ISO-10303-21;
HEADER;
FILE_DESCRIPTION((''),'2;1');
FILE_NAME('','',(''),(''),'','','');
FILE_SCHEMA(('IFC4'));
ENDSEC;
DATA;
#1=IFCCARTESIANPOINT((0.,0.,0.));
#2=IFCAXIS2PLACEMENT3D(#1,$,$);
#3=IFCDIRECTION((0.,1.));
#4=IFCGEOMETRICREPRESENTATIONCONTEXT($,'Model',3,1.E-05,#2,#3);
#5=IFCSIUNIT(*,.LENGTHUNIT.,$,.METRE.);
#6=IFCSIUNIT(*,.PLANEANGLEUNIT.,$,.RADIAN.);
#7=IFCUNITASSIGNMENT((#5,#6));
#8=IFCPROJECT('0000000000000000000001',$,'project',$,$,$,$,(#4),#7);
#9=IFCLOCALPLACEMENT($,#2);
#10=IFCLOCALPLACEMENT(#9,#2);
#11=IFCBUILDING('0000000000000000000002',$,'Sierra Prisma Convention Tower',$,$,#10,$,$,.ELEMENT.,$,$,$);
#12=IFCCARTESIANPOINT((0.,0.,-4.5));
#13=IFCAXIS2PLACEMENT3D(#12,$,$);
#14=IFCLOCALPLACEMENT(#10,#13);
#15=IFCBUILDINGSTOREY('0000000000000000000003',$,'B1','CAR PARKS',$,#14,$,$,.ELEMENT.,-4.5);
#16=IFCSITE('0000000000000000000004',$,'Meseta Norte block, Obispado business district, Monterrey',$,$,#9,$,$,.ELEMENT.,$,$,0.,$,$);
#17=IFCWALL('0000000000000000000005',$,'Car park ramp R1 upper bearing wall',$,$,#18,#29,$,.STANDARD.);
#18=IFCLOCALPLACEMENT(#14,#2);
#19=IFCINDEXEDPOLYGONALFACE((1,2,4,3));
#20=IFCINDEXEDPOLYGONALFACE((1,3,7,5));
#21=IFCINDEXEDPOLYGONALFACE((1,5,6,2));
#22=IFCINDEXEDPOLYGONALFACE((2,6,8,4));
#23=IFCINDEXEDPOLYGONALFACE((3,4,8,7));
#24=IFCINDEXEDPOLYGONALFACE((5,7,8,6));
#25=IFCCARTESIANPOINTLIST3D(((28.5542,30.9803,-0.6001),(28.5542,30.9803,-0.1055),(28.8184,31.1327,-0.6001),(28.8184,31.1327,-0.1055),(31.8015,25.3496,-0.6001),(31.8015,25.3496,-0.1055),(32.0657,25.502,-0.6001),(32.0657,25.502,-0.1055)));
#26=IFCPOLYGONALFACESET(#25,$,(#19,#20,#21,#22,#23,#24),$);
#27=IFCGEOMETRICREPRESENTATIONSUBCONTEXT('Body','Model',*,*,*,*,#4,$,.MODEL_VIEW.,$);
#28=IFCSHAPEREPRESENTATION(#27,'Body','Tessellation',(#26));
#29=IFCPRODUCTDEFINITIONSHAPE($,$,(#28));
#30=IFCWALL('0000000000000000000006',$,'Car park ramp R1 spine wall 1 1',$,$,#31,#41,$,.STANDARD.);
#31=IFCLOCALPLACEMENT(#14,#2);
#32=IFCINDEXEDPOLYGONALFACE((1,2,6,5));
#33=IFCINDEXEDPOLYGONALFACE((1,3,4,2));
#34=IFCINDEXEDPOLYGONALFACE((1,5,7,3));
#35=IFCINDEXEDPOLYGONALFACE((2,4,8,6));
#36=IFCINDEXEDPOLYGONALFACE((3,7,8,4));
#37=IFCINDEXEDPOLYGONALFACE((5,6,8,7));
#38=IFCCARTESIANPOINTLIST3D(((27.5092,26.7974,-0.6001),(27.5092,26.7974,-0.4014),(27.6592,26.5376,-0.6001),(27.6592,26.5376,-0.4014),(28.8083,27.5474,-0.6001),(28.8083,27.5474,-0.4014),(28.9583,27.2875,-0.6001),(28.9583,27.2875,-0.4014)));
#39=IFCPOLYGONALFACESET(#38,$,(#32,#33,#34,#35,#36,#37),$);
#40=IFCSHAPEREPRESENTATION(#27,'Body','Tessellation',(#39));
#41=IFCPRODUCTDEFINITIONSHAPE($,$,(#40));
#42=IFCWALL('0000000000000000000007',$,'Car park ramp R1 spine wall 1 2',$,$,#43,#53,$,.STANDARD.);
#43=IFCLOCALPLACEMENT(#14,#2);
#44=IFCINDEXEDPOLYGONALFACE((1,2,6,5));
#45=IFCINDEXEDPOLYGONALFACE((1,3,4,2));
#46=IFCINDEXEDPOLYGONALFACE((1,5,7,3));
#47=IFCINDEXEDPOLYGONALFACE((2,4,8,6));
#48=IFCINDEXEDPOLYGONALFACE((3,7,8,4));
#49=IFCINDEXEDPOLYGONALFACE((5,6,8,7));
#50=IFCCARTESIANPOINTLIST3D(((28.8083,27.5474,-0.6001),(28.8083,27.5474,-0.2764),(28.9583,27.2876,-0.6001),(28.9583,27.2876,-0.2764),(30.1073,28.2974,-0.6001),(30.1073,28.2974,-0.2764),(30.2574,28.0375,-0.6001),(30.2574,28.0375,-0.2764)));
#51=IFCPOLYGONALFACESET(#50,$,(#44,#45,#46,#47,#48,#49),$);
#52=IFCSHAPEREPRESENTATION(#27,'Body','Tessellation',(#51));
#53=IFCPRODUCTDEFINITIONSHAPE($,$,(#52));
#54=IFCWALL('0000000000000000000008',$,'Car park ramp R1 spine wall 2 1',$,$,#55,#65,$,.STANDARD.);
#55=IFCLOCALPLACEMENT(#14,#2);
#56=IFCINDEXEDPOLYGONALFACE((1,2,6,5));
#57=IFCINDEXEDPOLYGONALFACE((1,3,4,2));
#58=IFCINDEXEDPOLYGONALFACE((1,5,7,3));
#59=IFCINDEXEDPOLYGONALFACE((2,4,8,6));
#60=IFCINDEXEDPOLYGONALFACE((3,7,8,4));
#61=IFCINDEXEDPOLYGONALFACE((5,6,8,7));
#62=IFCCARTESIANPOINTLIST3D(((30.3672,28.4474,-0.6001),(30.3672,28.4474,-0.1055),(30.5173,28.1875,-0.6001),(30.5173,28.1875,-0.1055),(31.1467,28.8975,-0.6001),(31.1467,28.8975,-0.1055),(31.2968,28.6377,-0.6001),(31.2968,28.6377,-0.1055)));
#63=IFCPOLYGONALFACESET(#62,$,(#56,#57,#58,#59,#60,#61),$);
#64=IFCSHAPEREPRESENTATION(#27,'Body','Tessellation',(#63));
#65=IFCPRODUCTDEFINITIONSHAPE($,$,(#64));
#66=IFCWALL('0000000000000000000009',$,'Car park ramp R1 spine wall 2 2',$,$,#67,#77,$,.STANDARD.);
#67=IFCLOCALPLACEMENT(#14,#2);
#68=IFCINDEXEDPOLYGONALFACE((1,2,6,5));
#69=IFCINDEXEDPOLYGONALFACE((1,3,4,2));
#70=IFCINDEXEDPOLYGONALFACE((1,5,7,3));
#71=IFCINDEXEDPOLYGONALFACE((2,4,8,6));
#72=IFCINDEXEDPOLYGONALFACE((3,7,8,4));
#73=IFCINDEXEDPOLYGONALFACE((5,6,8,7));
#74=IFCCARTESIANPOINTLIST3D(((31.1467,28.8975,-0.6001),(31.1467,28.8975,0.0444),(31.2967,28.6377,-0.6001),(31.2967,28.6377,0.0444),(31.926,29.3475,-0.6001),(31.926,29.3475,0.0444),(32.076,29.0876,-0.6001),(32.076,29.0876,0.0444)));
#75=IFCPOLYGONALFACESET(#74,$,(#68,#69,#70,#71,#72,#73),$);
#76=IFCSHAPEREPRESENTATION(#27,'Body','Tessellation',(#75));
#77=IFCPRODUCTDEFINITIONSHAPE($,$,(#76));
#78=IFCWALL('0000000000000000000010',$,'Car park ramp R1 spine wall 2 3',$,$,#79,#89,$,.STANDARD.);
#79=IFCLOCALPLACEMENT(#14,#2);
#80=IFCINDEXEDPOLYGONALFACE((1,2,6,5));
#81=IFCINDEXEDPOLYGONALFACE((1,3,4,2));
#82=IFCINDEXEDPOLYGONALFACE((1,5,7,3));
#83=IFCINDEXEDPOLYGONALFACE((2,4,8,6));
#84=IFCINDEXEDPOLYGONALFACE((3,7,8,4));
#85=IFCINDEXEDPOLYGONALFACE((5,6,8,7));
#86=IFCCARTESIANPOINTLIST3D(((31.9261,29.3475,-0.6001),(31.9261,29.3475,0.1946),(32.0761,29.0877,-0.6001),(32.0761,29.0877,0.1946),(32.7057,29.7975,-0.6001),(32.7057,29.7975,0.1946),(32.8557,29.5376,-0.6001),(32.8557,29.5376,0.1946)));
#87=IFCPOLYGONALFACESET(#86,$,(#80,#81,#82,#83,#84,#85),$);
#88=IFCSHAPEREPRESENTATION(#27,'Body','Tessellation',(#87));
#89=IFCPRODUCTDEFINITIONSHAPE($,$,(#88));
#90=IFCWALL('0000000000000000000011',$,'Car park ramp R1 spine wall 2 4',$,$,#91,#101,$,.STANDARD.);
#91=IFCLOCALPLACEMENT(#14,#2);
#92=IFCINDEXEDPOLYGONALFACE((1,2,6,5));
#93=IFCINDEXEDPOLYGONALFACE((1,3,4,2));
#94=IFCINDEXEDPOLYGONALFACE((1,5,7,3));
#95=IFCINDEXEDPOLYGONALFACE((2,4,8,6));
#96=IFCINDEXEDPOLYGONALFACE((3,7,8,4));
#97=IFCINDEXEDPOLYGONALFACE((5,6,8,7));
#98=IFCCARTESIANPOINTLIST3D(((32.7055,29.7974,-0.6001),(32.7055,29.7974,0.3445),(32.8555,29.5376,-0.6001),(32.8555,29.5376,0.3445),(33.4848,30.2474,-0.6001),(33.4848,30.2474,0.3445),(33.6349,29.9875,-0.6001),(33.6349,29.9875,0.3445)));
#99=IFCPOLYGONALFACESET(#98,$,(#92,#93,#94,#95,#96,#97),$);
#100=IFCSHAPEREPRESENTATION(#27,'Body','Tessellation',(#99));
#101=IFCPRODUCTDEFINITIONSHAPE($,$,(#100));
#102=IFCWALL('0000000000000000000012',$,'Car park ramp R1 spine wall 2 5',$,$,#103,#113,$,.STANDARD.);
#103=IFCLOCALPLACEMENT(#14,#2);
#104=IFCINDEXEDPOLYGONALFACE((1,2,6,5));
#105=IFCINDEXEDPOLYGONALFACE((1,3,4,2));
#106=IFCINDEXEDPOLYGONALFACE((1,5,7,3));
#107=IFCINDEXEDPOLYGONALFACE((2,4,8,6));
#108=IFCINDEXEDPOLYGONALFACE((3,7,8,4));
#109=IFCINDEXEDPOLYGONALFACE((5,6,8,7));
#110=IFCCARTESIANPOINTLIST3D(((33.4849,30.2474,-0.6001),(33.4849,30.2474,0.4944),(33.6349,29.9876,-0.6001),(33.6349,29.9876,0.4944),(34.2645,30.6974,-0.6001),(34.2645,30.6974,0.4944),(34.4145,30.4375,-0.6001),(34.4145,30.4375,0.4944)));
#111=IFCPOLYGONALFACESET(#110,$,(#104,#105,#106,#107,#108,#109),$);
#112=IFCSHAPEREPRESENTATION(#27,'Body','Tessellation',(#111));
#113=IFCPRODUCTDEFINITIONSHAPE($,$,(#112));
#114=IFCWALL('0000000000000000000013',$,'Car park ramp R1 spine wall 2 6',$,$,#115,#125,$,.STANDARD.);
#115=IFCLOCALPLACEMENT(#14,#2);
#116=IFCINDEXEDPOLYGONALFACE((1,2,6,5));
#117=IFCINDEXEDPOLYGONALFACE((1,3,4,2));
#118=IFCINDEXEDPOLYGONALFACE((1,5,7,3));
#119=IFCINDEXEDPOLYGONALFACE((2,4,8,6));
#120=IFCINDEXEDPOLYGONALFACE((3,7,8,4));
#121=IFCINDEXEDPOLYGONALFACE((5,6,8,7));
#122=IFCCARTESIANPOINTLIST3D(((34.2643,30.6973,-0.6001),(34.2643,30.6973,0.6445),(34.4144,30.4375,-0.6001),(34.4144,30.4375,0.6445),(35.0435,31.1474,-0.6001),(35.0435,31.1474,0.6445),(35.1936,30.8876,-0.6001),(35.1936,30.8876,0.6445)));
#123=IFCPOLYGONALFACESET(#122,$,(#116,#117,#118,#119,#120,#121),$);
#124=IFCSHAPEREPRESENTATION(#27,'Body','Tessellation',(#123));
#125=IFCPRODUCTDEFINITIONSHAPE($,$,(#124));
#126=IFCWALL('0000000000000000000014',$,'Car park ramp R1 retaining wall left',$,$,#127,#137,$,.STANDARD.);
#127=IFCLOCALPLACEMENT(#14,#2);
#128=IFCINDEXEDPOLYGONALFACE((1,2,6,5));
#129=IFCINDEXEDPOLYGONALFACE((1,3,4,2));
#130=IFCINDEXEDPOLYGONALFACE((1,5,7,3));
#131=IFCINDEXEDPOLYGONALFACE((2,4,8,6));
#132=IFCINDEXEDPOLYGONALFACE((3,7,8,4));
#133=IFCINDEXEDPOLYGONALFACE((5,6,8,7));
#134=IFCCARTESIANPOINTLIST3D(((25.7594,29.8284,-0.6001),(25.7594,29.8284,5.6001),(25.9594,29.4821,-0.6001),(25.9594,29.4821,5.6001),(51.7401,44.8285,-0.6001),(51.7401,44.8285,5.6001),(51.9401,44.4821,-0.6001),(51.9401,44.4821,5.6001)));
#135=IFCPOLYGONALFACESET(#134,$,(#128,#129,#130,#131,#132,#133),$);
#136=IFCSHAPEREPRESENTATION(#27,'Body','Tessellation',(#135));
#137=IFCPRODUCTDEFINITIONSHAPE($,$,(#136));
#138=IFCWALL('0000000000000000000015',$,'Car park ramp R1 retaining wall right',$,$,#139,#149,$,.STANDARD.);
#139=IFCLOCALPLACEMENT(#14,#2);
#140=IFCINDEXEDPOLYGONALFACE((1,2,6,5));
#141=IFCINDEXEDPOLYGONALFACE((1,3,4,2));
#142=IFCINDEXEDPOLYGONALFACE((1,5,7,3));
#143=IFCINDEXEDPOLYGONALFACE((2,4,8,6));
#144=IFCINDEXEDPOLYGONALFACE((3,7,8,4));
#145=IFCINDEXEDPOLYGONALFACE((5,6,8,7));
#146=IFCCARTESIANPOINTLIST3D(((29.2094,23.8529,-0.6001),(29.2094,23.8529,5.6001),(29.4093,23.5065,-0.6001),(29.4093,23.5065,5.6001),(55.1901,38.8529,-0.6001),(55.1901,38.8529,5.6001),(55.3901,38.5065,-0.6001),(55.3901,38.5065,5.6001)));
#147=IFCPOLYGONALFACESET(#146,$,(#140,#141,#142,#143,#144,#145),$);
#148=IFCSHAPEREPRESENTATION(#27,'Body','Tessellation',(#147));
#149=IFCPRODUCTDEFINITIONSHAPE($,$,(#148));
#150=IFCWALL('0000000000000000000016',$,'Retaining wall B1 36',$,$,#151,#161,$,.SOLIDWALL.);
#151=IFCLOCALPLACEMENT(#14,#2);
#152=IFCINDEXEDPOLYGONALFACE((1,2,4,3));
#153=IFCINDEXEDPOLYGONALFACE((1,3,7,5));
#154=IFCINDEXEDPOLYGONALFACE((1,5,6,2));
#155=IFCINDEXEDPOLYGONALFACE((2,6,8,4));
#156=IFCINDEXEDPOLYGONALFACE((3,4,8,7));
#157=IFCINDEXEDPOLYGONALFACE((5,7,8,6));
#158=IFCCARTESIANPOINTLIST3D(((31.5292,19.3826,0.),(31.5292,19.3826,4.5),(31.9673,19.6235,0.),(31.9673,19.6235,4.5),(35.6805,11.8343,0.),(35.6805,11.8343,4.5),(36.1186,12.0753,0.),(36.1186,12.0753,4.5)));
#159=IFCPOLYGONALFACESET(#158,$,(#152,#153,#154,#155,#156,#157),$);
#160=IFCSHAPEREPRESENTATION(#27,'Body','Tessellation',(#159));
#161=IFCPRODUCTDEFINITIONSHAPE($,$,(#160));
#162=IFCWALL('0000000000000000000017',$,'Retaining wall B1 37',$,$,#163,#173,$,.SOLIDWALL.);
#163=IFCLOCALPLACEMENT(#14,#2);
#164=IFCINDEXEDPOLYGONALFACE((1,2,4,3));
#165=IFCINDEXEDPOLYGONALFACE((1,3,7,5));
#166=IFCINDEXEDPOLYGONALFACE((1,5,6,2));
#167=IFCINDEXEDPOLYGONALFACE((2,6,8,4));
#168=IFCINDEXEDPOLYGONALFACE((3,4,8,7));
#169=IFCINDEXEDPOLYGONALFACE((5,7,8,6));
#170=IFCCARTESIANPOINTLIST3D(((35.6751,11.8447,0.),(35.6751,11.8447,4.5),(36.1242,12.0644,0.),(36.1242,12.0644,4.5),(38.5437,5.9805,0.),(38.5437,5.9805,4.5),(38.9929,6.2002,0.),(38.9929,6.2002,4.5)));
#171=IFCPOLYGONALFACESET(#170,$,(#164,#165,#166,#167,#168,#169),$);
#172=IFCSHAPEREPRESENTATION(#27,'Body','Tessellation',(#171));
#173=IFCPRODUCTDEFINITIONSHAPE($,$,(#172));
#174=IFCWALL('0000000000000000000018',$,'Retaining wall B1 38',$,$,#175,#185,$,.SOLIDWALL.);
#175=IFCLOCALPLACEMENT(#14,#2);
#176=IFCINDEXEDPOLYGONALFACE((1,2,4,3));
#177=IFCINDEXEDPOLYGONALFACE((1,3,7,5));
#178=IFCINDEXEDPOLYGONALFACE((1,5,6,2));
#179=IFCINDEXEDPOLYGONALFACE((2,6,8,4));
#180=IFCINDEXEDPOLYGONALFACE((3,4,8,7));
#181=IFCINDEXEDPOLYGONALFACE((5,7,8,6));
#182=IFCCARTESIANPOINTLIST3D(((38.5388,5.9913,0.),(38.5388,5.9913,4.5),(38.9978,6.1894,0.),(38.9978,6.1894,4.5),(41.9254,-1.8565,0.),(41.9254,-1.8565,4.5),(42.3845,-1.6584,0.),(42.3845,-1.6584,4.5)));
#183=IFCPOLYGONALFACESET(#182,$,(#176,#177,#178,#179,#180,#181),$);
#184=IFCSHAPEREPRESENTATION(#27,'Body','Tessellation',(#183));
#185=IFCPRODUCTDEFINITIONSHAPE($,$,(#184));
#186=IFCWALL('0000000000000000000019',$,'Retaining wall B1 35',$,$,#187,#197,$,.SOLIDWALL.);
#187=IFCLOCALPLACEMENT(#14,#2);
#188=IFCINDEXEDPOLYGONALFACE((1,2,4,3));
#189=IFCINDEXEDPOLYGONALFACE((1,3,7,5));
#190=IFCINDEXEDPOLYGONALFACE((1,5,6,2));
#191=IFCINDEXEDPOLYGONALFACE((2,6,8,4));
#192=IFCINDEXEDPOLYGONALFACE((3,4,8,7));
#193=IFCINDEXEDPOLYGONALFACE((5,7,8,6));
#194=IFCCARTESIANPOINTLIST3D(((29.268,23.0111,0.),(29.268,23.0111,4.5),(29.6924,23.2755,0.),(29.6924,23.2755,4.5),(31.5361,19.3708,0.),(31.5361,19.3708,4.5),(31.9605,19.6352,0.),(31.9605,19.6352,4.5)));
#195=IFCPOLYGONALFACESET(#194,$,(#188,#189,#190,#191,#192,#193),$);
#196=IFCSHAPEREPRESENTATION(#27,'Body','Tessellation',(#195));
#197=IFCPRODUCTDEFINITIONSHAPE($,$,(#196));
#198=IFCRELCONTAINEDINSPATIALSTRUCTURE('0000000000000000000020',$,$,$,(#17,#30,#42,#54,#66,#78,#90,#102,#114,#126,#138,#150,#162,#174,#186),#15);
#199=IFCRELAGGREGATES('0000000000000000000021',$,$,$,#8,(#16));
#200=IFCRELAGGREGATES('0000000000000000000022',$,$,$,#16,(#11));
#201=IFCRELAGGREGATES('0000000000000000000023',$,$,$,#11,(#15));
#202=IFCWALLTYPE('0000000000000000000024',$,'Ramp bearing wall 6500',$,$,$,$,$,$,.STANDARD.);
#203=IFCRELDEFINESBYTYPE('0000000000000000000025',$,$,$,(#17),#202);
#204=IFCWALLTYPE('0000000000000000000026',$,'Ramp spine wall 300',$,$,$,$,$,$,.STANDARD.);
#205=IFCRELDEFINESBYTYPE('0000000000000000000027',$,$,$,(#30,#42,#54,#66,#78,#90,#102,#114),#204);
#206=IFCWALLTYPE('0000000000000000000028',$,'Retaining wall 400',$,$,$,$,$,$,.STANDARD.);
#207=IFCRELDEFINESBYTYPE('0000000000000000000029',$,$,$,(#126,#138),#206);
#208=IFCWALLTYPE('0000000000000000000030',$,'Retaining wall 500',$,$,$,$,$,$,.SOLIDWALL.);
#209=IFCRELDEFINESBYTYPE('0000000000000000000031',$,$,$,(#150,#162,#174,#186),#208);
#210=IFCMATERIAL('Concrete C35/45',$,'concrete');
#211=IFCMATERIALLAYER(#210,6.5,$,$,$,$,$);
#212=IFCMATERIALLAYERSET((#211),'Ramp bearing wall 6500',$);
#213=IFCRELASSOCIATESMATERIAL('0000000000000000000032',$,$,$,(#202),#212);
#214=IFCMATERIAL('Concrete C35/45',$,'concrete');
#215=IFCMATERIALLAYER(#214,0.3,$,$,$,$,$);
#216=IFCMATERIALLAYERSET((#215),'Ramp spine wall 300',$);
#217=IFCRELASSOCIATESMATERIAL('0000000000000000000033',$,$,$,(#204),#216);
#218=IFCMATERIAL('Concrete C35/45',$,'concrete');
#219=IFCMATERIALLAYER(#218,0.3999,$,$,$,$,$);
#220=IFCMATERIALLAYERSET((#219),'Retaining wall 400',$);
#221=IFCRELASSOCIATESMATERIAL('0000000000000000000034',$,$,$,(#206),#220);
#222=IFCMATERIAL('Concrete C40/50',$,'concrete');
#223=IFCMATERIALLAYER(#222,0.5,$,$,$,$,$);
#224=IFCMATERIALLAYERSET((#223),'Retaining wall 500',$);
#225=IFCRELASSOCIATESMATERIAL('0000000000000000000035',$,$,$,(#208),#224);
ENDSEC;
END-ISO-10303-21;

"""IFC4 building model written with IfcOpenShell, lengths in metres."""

from ifc_helpers import new_model, si_unit, direction, frame, frame_2d, origin, place, context, subcontext, project, spatial, rectangle, extrude, material, layer, layer_set, type_object, element, save


model = new_model("IFC4")

# Units and contexts
model_context = context("Model", 3, precision=1e-05, world=origin(), true_north=direction((0.0, 1.0)))
body_context = subcontext(model_context, "Body", "Model", "MODEL_VIEW")
ifc_project = project(units=[si_unit("LENGTHUNIT", "METRE"), si_unit("PLANEANGLEUNIT", "RADIAN")], contexts=[model_context])

# Site, building, storey
site_placement = place(None, origin())
site = spatial("IfcSite", under=ifc_project, at=site_placement, Name="Meseta Norte block, Obispado business district, Monterrey", CompositionType="ELEMENT", RefElevation=0.0)
building_placement = place(site_placement, origin())
building = spatial("IfcBuilding", under=site, at=building_placement, Name="Sierra Prisma Convention Tower", CompositionType="ELEMENT")
storey_placement = place(building_placement, frame((0.0, 0.0, -4.5)))
storey = spatial("IfcBuildingStorey", under=building, at=storey_placement, Name="B1", Description="CAR PARKS", CompositionType="ELEMENT", Elevation=-4.5)

# Walls
ifc_material_1 = material(Name="Concrete C35/45", Category="concrete")
ifc_layer_1 = layer(ifc_material_1, 6.5)
ifc_layer_set_1 = layer_set([ifc_layer_1], Name="Ramp bearing wall 6500")
wall_type_1 = type_object("IfcWallType", Name="Ramp bearing wall 6500", PredefinedType="STANDARD", material=ifc_layer_set_1)
wall_1_placement = place(storey_placement, frame((30.178, 28.165, -0.6001), z_axis=(0.0, 0.0, 1.0), x_axis=(0.866266, 0.499584, 0.0)))
element("IfcWall", 1, at=wall_1_placement, inside=storey, type_object=wall_type_1, Name="Car park ramp R1 upper bearing wall", PredefinedType="STANDARD", context=body_context, shape_type="SweptSolid", body=[
    extrude(rectangle(XDim=0.3049, YDim=6.5, at=frame_2d((0.1523, 0.0))), origin(), (0.0, 0.0, 1.0), 0.4946),
])
ifc_material_2 = material(Name="Concrete C35/45", Category="concrete")
ifc_layer_2 = layer(ifc_material_2, 0.3)
ifc_layer_set_2 = layer_set([ifc_layer_2], Name="Ramp spine wall 300")
wall_type_2 = type_object("IfcWallType", Name="Ramp spine wall 300", PredefinedType="STANDARD", material=ifc_layer_set_2)
wall_2_placement = place(storey_placement, frame((27.5842, 26.6675, -0.6001), z_axis=(0.0, 0.0, 1.0), x_axis=(0.866031, 0.49999, 0.0)))
element("IfcWall", 2, at=wall_2_placement, inside=storey, type_object=wall_type_2, Name="Car park ramp R1 spine wall 1 1", PredefinedType="STANDARD", context=body_context, shape_type="SweptSolid", body=[
    extrude(rectangle(XDim=1.5, YDim=0.3, at=frame_2d((0.75, 0.0))), origin(), (0.0, 0.0, 1.0), 0.1987),
])
wall_3_placement = place(storey_placement, frame((28.8833, 27.4175, -0.6001), z_axis=(0.0, 0.0, 1.0), x_axis=(0.866031, 0.49999, 0.0)))
element("IfcWall", 3, at=wall_3_placement, inside=storey, type_object=wall_type_2, Name="Car park ramp R1 spine wall 1 2", PredefinedType="STANDARD", context=body_context, shape_type="SweptSolid", body=[
    extrude(rectangle(XDim=1.5, YDim=0.3, at=frame_2d((0.75, 0.0))), origin(), (0.0, 0.0, 1.0), 0.3237),
])
wall_4_placement = place(storey_placement, frame((30.4421, 28.3174, -0.6001), z_axis=(0.0, 0.0, 1.0), x_axis=(0.865964, 0.500106, 0.0)))
element("IfcWall", 4, at=wall_4_placement, inside=storey, type_object=wall_type_2, Name="Car park ramp R1 spine wall 2 1", PredefinedType="STANDARD", context=body_context, shape_type="SweptSolid", body=[
    extrude(rectangle(XDim=0.9001, YDim=0.3, at=frame_2d((0.4502, 0.0))), origin(), (0.0, 0.0, 1.0), 0.4946),
])
wall_5_placement = place(storey_placement, frame((31.2217, 28.7676, -0.6001), z_axis=(0.0, 0.0, 1.0), x_axis=(0.866014, 0.50002, 0.0)))
element("IfcWall", 5, at=wall_5_placement, inside=storey, type_object=wall_type_2, Name="Car park ramp R1 spine wall 2 2", PredefinedType="STANDARD", context=body_context, shape_type="SweptSolid", body=[
    extrude(rectangle(XDim=0.8999, YDim=0.3, at=frame_2d((0.45, 0.0))), origin(), (0.0, 0.0, 1.0), 0.6445),
])
wall_6_placement = place(storey_placement, frame((32.001, 29.2175, -0.6001), z_axis=(0.0, 0.0, 1.0), x_axis=(0.866082, 0.499902, 0.0)))
element("IfcWall", 6, at=wall_6_placement, inside=storey, type_object=wall_type_2, Name="Car park ramp R1 spine wall 2 3", PredefinedType="STANDARD", context=body_context, shape_type="SweptSolid", body=[
    extrude(rectangle(XDim=0.9001, YDim=0.3, at=frame_2d((0.4502, 0.0))), origin(), (0.0, 0.0, 1.0), 0.7947),
])
wall_7_placement = place(storey_placement, frame((32.7805, 29.6675, -0.6001), z_axis=(0.0, 0.0, 1.0), x_axis=(0.866014, 0.50002, 0.0)))
element("IfcWall", 7, at=wall_7_placement, inside=storey, type_object=wall_type_2, Name="Car park ramp R1 spine wall 2 4", PredefinedType="STANDARD", context=body_context, shape_type="SweptSolid", body=[
    extrude(rectangle(XDim=0.8999, YDim=0.3, at=frame_2d((0.45, 0.0))), origin(), (0.0, 0.0, 1.0), 0.9446),
])
wall_8_placement = place(storey_placement, frame((33.5598, 30.1174, -0.6001), z_axis=(0.0, 0.0, 1.0), x_axis=(0.866082, 0.499902, 0.0)))
element("IfcWall", 8, at=wall_8_placement, inside=storey, type_object=wall_type_2, Name="Car park ramp R1 spine wall 2 5", PredefinedType="STANDARD", context=body_context, shape_type="SweptSolid", body=[
    extrude(rectangle(XDim=0.9001, YDim=0.3, at=frame_2d((0.4502, 0.0))), origin(), (0.0, 0.0, 1.0), 1.0945),
])
wall_9_placement = place(storey_placement, frame((34.3394, 30.5674, -0.6001), z_axis=(0.0, 0.0, 1.0), x_axis=(0.865896, 0.500223, 0.0)))
element("IfcWall", 9, at=wall_9_placement, inside=storey, type_object=wall_type_2, Name="Car park ramp R1 spine wall 2 6", PredefinedType="STANDARD", context=body_context, shape_type="SweptSolid", body=[
    extrude(rectangle(XDim=0.8999, YDim=0.3, at=frame_2d((0.45, 0.0))), origin(), (0.0, 0.0, 1.0), 1.2446),
])
ifc_material_3 = material(Name="Concrete C35/45", Category="concrete")
ifc_layer_3 = layer(ifc_material_3, 0.3999)
ifc_layer_set_3 = layer_set([ifc_layer_3], Name="Retaining wall 400")
wall_type_3 = type_object("IfcWallType", Name="Retaining wall 400", PredefinedType="STANDARD", material=ifc_layer_set_3)
for number, where, z_axis, x_axis, name in (
    (10, (25.8594, 29.6553, -0.6001), (0.0, 0.0, 1.0), (0.866025, 0.500001, 0.0), "Car park ramp R1 retaining wall left"),
    (11, (29.3093, 23.6797, -0.6001), (0.0, 0.0, 1.0), (0.866025, 0.500001, 0.0), "Car park ramp R1 retaining wall right"),
):
    element("IfcWall", number, at=place(storey_placement, frame(where, z_axis=z_axis, x_axis=x_axis)), inside=storey, type_object=wall_type_3, Name=name, PredefinedType="STANDARD", context=body_context, shape_type="SweptSolid", body=[
        extrude(rectangle(XDim=30.0, YDim=0.3999, at=frame_2d((15.0, 0.0))), origin(), (0.0, 0.0, 1.0), 6.2002),
    ])
ifc_material_4 = material(Name="Concrete C40/50", Category="concrete")
ifc_layer_4 = layer(ifc_material_4, 0.5)
ifc_layer_set_4 = layer_set([ifc_layer_4], Name="Retaining wall 500")
wall_type_4 = type_object("IfcWallType", Name="Retaining wall 500", PredefinedType="SOLIDWALL", material=ifc_layer_set_4)
wall_10_placement = place(storey_placement, frame((31.7483, 19.5029, 0.0), z_axis=(0.0, 0.0, 1.0), x_axis=(0.481899, -0.876227, 0.0)))
element("IfcWall", 12, at=wall_10_placement, inside=storey, type_object=wall_type_4, Name="Retaining wall B1 36", PredefinedType="SOLIDWALL", context=body_context, shape_type="SweptSolid", body=[
    extrude(rectangle(XDim=8.6145, YDim=0.5, at=frame_2d((4.3071, 0.0))), origin(), (0.0, 0.0, 1.0), 4.5),
])
wall_11_placement = place(storey_placement, frame((35.8997, 11.9546, 0.0), z_axis=(0.0, 0.0, 1.0), x_axis=(0.439418, -0.898283, 0.0)))
element("IfcWall", 13, at=wall_11_placement, inside=storey, type_object=wall_type_4, Name="Retaining wall B1 37", PredefinedType="SOLIDWALL", context=body_context, shape_type="SweptSolid", body=[
    extrude(rectangle(XDim=6.5283, YDim=0.5, at=frame_2d((3.2642, 0.0))), origin(), (0.0, 0.0, 1.0), 4.5),
])
wall_12_placement = place(storey_placement, frame((38.7683, 6.0903, 0.0), z_axis=(0.0, 0.0, 1.0), x_axis=(0.396224, -0.918154, 0.0)))
element("IfcWall", 14, at=wall_12_placement, inside=storey, type_object=wall_type_4, Name="Retaining wall B1 38", PredefinedType="SOLIDWALL", context=body_context, shape_type="SweptSolid", body=[
    extrude(rectangle(XDim=8.5474, YDim=0.5, at=frame_2d((4.2737, 0.0))), origin(), (0.0, 0.0, 1.0), 4.5),
])
wall_13_placement = place(storey_placement, frame((29.4802, 23.1433, 0.0), z_axis=(0.0, 0.0, 1.0), x_axis=(0.528796, -0.848749, 0.0)))
element("IfcWall", 15, at=wall_13_placement, inside=storey, type_object=wall_type_4, Name="Retaining wall B1 35", PredefinedType="SOLIDWALL", context=body_context, shape_type="SweptSolid", body=[
    extrude(rectangle(XDim=4.2891, YDim=0.5, at=frame_2d((2.1445, 0.0))), origin(), (0.0, 0.0, 1.0), 4.5),
])

save(model, "model.ifc")
